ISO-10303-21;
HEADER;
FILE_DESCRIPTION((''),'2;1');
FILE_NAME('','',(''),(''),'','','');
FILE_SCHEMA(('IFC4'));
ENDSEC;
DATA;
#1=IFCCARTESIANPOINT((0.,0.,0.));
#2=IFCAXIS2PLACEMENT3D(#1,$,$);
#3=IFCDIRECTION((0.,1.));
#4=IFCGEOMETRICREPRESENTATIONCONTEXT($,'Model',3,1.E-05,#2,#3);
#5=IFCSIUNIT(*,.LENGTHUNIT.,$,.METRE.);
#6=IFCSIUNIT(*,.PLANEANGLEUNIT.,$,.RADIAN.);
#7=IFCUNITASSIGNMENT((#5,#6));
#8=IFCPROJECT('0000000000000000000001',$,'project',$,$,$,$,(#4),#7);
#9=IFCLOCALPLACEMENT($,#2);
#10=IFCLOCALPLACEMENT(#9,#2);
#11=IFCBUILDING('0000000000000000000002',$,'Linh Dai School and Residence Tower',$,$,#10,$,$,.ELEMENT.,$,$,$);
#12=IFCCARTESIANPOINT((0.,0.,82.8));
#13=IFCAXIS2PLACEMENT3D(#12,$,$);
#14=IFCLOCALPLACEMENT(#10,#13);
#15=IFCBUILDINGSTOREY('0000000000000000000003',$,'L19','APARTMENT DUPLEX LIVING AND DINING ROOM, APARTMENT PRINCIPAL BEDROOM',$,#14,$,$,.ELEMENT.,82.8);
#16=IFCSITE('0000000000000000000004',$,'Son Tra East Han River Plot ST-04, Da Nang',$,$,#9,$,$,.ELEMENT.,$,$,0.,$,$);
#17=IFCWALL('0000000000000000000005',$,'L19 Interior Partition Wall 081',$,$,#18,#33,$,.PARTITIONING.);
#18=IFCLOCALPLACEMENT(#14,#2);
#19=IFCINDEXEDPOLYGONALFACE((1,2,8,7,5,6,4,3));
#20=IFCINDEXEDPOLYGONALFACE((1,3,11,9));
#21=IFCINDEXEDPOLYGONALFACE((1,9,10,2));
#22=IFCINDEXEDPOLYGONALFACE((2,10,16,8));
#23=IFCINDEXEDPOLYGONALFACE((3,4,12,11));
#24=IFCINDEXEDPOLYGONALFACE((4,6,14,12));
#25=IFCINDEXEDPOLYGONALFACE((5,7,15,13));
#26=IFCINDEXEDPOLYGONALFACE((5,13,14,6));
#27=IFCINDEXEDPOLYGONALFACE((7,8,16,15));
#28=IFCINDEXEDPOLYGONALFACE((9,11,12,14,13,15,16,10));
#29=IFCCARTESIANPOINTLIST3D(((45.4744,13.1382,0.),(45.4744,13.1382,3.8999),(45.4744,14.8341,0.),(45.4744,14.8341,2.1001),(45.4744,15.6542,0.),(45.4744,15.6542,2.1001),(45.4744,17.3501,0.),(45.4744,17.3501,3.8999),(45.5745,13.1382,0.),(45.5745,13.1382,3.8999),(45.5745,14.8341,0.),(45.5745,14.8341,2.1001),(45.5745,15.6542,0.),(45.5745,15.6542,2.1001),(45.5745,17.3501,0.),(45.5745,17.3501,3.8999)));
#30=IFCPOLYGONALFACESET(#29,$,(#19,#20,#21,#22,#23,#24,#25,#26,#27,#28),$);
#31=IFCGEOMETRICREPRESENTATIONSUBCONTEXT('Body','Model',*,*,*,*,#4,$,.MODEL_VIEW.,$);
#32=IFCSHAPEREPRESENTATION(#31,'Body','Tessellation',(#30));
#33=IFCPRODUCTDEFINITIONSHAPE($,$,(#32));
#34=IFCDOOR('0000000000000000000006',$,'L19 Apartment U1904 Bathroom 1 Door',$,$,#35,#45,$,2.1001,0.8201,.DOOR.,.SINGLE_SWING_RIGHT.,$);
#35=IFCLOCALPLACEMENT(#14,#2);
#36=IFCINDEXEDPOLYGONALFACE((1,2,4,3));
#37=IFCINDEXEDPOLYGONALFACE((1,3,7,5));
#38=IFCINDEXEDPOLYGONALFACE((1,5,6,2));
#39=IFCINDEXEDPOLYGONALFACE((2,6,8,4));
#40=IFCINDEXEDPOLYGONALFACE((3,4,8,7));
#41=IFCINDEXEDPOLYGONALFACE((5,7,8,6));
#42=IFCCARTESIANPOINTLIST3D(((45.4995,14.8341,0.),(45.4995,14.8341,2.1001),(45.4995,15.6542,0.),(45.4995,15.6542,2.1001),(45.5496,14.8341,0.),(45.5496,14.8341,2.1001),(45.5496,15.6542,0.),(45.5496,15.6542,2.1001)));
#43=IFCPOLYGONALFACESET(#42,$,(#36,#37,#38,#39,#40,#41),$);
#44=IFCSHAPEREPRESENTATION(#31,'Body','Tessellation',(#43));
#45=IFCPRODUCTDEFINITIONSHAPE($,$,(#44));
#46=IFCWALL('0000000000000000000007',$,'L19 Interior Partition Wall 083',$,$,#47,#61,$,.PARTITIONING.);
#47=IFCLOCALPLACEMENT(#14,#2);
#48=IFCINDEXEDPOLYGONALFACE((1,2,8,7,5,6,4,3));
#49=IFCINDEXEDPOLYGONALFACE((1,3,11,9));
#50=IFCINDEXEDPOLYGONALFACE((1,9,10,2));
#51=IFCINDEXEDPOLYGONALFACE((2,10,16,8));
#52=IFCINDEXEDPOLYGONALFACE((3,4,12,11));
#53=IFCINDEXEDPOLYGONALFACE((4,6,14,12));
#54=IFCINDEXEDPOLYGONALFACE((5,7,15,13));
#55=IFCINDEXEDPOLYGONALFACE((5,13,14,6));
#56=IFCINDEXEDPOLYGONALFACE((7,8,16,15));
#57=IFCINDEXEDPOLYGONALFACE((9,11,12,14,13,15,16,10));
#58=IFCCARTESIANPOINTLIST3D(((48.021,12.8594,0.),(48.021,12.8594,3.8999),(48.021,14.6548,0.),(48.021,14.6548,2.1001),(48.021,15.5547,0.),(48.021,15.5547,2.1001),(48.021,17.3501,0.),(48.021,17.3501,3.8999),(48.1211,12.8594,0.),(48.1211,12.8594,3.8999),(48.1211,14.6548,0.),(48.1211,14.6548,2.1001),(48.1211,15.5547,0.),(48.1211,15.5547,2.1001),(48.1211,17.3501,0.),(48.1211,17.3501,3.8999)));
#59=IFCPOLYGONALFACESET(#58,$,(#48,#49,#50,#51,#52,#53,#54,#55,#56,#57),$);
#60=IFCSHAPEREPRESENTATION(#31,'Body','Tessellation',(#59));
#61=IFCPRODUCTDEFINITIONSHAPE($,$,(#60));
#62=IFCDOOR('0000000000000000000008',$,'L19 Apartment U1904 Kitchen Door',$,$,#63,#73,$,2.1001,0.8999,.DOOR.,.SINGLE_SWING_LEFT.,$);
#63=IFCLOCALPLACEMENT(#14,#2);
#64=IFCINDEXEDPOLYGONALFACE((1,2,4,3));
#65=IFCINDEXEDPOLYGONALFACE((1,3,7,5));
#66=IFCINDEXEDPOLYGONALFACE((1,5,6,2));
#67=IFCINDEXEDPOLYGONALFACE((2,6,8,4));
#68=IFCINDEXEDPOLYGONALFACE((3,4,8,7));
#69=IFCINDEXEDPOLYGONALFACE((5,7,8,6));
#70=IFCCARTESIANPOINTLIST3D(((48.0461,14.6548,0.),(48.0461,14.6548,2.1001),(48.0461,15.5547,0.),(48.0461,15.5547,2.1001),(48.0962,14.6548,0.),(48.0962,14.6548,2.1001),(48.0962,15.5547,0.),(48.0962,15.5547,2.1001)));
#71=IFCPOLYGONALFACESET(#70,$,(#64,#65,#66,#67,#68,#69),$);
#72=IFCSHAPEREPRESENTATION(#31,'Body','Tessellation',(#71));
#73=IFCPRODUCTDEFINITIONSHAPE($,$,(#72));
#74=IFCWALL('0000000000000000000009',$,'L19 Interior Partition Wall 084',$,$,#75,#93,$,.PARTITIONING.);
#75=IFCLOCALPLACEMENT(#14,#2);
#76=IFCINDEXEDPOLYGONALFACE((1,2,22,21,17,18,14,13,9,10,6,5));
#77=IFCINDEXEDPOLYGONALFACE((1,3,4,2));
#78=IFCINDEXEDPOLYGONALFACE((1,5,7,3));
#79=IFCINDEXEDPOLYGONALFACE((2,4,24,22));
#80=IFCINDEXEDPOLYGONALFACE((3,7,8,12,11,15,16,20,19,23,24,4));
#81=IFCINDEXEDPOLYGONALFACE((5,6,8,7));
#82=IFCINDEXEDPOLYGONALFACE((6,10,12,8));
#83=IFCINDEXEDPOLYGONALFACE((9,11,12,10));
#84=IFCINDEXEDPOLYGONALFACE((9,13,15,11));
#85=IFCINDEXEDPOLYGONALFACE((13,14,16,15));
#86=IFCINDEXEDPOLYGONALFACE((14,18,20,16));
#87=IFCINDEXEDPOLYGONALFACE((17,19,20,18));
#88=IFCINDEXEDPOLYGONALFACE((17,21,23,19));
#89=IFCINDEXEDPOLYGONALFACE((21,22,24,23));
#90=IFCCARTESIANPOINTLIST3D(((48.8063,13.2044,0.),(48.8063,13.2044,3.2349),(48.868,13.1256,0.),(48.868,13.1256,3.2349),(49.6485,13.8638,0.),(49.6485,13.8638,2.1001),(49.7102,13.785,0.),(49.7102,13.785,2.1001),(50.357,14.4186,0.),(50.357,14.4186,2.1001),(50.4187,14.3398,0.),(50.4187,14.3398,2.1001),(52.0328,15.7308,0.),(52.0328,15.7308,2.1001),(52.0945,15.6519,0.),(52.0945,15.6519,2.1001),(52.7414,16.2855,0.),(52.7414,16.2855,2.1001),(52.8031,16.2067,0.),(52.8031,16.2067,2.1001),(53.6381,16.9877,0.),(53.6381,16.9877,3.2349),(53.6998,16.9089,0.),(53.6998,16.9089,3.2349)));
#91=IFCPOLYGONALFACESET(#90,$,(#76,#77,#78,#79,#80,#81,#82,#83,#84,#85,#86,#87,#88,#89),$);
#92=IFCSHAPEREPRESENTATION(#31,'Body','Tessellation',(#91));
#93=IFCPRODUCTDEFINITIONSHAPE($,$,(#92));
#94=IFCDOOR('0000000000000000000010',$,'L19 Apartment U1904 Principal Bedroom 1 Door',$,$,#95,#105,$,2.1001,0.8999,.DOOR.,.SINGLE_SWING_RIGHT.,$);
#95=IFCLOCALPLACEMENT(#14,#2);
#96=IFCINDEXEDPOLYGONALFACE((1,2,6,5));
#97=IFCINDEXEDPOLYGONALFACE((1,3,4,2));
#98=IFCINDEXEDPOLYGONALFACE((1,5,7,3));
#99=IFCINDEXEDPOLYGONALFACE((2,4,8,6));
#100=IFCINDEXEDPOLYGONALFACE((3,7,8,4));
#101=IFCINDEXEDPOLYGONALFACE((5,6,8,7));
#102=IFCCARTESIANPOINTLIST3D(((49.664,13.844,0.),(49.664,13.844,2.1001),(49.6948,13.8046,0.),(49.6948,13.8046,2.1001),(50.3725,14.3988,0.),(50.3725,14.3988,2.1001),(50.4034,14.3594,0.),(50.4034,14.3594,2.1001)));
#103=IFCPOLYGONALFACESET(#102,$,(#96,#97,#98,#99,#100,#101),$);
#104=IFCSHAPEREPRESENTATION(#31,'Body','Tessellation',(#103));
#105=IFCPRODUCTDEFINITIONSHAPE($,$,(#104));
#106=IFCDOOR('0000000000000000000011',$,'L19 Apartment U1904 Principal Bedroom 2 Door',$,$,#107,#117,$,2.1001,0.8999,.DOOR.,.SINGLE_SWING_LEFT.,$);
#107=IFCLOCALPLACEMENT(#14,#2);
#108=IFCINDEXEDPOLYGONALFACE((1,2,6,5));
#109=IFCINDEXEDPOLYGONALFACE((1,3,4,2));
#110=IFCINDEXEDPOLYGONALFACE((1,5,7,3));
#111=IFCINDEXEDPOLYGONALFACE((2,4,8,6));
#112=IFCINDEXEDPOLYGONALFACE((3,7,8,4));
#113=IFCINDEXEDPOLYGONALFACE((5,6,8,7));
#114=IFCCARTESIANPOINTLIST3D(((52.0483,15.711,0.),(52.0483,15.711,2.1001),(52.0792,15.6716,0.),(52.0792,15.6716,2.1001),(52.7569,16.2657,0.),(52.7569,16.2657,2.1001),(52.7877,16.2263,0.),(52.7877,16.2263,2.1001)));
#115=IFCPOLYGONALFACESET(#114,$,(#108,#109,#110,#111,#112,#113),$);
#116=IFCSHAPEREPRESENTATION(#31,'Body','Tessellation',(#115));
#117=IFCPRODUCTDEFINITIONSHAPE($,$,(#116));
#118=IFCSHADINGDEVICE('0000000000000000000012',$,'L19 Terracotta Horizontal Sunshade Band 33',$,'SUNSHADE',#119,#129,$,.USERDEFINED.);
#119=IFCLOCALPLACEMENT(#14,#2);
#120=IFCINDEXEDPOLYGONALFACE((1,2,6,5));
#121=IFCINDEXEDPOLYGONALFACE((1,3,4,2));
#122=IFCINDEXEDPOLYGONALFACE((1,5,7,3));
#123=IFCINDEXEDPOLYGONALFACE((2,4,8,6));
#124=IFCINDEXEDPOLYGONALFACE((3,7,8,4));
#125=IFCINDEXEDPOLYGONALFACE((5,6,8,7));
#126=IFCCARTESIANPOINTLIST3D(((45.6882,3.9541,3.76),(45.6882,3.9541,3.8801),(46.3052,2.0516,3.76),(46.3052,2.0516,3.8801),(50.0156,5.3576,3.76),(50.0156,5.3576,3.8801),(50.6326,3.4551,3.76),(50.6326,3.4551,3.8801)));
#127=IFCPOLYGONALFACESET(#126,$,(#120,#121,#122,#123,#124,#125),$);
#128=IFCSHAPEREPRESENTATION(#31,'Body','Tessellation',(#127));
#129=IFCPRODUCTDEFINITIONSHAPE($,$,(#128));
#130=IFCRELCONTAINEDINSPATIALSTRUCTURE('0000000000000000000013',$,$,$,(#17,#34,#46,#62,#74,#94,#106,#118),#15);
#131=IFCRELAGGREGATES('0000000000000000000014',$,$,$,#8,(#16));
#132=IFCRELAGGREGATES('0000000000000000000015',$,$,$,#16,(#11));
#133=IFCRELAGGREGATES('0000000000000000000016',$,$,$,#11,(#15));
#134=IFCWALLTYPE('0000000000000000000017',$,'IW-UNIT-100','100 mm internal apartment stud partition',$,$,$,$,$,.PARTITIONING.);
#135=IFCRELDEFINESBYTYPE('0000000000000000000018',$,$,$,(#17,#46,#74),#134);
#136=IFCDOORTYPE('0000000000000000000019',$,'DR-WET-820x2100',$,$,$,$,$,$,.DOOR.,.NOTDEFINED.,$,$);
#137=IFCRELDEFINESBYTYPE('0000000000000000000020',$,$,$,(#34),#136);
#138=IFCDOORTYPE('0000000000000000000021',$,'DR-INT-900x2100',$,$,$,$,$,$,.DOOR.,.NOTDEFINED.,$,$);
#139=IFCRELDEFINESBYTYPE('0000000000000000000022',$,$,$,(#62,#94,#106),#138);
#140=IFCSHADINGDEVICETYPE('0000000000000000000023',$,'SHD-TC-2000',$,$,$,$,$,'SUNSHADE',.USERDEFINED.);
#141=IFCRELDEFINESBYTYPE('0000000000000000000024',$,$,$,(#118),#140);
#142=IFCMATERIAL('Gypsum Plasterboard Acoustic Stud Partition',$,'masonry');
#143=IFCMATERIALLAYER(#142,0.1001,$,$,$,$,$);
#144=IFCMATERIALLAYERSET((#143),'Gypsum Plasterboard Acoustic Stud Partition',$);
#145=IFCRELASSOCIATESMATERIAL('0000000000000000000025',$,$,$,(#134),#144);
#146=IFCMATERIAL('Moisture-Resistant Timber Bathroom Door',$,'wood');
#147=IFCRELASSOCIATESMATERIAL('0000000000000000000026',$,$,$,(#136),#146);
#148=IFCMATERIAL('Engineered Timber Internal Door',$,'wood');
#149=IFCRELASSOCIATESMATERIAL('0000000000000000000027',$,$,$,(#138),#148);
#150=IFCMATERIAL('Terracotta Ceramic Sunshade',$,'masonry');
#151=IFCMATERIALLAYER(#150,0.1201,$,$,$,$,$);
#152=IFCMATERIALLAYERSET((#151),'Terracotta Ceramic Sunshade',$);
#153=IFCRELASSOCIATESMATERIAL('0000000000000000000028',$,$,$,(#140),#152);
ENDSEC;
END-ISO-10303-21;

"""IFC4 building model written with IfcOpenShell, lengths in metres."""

from ifc_helpers import new_model, si_unit, direction, frame, frame_2d, origin, origin_2d, place, context, subcontext, project, spatial, rectangle, extrude, source, transform, mapped, material, layer, layer_set, type_object, element, fill, save


model = new_model("IFC4")

# Units and contexts
model_context = context("Model", 3, precision=1e-05, world=origin(), true_north=direction((0.0, 1.0)))
body_context = subcontext(model_context, "Body", "Model", "MODEL_VIEW")
ifc_project = project(units=[si_unit("LENGTHUNIT", "METRE"), si_unit("PLANEANGLEUNIT", "RADIAN")], contexts=[model_context])

# Site, building, storey
site_placement = place(None, origin())
site = spatial("IfcSite", under=ifc_project, at=site_placement, Name="Son Tra East Han River Plot ST-04, Da Nang", CompositionType="ELEMENT", RefElevation=0.0)
building_placement = place(site_placement, origin())
building = spatial("IfcBuilding", under=site, at=building_placement, Name="Linh Dai School and Residence Tower", CompositionType="ELEMENT")
storey_placement = place(building_placement, frame((0.0, 0.0, 82.8)))
storey = spatial("IfcBuildingStorey", under=building, at=storey_placement, Name="L19", Description="APARTMENT DUPLEX LIVING AND DINING ROOM, APARTMENT PRINCIPAL BEDROOM", CompositionType="ELEMENT", Elevation=82.8)

# Walls, openings, doors
ifc_material_1 = material(Name="Gypsum Plasterboard Acoustic Stud Partition", Category="masonry")
ifc_layer_1 = layer(ifc_material_1, 0.1001)
ifc_layer_set_1 = layer_set([ifc_layer_1], Name="Gypsum Plasterboard Acoustic Stud Partition")
wall_type_1 = type_object("IfcWallType", Name="IW-UNIT-100", Description="100 mm internal apartment stud partition", PredefinedType="PARTITIONING", material=ifc_layer_set_1)
wall_1_placement = place(storey_placement, frame((45.5244, 13.1382, 0.0), z_axis=(0.0, 0.0, 1.0), x_axis=(0.0, 1.0, 0.0)))
wall_1 = element("IfcWall", 1, at=wall_1_placement, inside=storey, type_object=wall_type_1, Name="L19 Interior Partition Wall 081", PredefinedType="PARTITIONING", context=body_context, shape_type="SweptSolid", body=[
    extrude(rectangle(XDim=4.2119, YDim=0.1001, at=frame_2d((2.106, 0.0))), origin(), (0.0, 0.0, 1.0), 3.8999),
])
opening_1_placement = place(wall_1_placement, frame((1.6958, 0.0, 0.0)))
opening_1 = element("IfcOpeningElement", 2, at=opening_1_placement, cuts=wall_1, PredefinedType="OPENING", context=body_context, shape_type="SweptSolid", body=[
    extrude(rectangle(XDim=0.8201, YDim=2.1001, at=origin_2d()), frame((0.4102, 0.0601, 1.05), z_axis=(0.0, -1.0, 0.0), x_axis=(1.0, 0.0, 0.0)), (0.0, 0.0, 1.0), 0.1201),
])
ifc_material_2 = material(Name="Moisture-Resistant Timber Bathroom Door", Category="wood")
door_type_1 = type_object("IfcDoorType", Name="DR-WET-820x2100", OperationType="NOTDEFINED", PredefinedType="DOOR", material=ifc_material_2)
shared_shape_1 = source(origin(), body_context, "Body", "SweptSolid", [
    extrude(rectangle(XDim=0.8201, YDim=2.1001, at=origin_2d()), frame((0.4102, 0.0249, 1.05), z_axis=(0.0, -1.0, 0.0), x_axis=(1.0, 0.0, 0.0)), (0.0, 0.0, 1.0), 0.05),
])
door_1_placement = place(opening_1_placement, origin())
door_1 = element("IfcDoor", 3, at=door_1_placement, inside=storey, type_object=door_type_1, Name="L19 Apartment U1904 Bathroom 1 Door", OperationType="SINGLE_SWING_RIGHT", OverallHeight=2.1001, OverallWidth=0.8201, PredefinedType="DOOR", context=body_context, shape_type="MappedRepresentation", body=[
    mapped(shared_shape_1, transform((0.0, 0.0, 0.0), x_axis=(1.0, 0.0, 0.0), y_axis=(0.0, 1.0, 0.0), z_axis=(0.0, 0.0, 1.0), scale=1.0)),
])
fill(opening_1, door_1)
wall_2_placement = place(storey_placement, frame((48.071, 12.8594, 0.0), z_axis=(0.0, 0.0, 1.0), x_axis=(0.0, 1.0, 0.0)))
wall_2 = element("IfcWall", 4, at=wall_2_placement, inside=storey, type_object=wall_type_1, Name="L19 Interior Partition Wall 083", PredefinedType="PARTITIONING", context=body_context, shape_type="SweptSolid", body=[
    extrude(rectangle(XDim=4.4907, YDim=0.1001, at=frame_2d((2.2454, 0.0))), origin(), (0.0, 0.0, 1.0), 3.8999),
])
opening_2_placement = place(wall_2_placement, frame((1.7954, 0.0, 0.0)))
opening_2 = element("IfcOpeningElement", 5, at=opening_2_placement, cuts=wall_2, PredefinedType="OPENING", context=body_context, shape_type="SweptSolid", body=[
    extrude(rectangle(XDim=0.8999, YDim=2.1001, at=origin_2d()), frame((0.45, 0.0601, 1.05), z_axis=(0.0, -1.0, 0.0), x_axis=(1.0, 0.0, 0.0)), (0.0, 0.0, 1.0), 0.1201),
])
ifc_material_3 = material(Name="Engineered Timber Internal Door", Category="wood")
door_type_2 = type_object("IfcDoorType", Name="DR-INT-900x2100", OperationType="NOTDEFINED", PredefinedType="DOOR", material=ifc_material_3)
shared_shape_2 = source(origin(), body_context, "Body", "SweptSolid", [
    extrude(rectangle(XDim=0.8999, YDim=2.1001, at=origin_2d()), frame((0.45, 0.0249, 1.05), z_axis=(0.0, -1.0, 0.0), x_axis=(1.0, 0.0, 0.0)), (0.0, 0.0, 1.0), 0.05),
])
door_2_placement = place(opening_2_placement, origin())
door_2 = element("IfcDoor", 6, at=door_2_placement, inside=storey, type_object=door_type_2, Name="L19 Apartment U1904 Kitchen Door", OperationType="SINGLE_SWING_LEFT", OverallHeight=2.1001, OverallWidth=0.8999, PredefinedType="DOOR", context=body_context, shape_type="MappedRepresentation", body=[
    mapped(shared_shape_2, transform((0.0, 0.0, 0.0), x_axis=(1.0, 0.0, 0.0), y_axis=(0.0, 1.0, 0.0), z_axis=(0.0, 0.0, 1.0), scale=1.0)),
])
fill(opening_2, door_2)

# Wall, openings, doors
wall_3_placement = place(storey_placement, frame((48.8372, 13.165, 0.0), z_axis=(0.0, 0.0, 1.0), x_axis=(0.787362, 0.616491, 0.0)))
wall_3 = element("IfcWall", 7, at=wall_3_placement, inside=storey, type_object=wall_type_1, Name="L19 Interior Partition Wall 084", PredefinedType="PARTITIONING", context=body_context, shape_type="SweptSolid", body=[
    extrude(rectangle(XDim=6.1367, YDim=0.1001, at=frame_2d((3.0684, 0.0))), origin(), (0.0, 0.0, 1.0), 3.2349),
])
opening_3_placement = place(wall_3_placement, frame((1.0696, 0.0, 0.0)))
opening_3 = element("IfcOpeningElement", 8, at=opening_3_placement, cuts=wall_3, PredefinedType="OPENING", context=body_context, shape_type="SweptSolid", body=[
    extrude(rectangle(XDim=0.8999, YDim=2.1001, at=origin_2d()), frame((0.45, 0.0601, 1.05), z_axis=(0.0, -1.0, 0.0), x_axis=(1.0, 0.0, 0.0)), (0.0, 0.0, 1.0), 0.1201),
])
opening_4_placement = place(wall_3_placement, frame((4.0979, 0.0, 0.0)))
opening_4 = element("IfcOpeningElement", 9, at=opening_4_placement, cuts=wall_3, PredefinedType="OPENING", context=body_context, shape_type="SweptSolid", body=[
    extrude(rectangle(XDim=0.8999, YDim=2.1001, at=origin_2d()), frame((0.45, 0.0601, 1.05), z_axis=(0.0, -1.0, 0.0), x_axis=(1.0, 0.0, 0.0)), (0.0, 0.0, 1.0), 0.1201),
])
door_3_placement = place(opening_3_placement, origin())
door_3 = element("IfcDoor", 10, at=door_3_placement, inside=storey, type_object=door_type_2, Name="L19 Apartment U1904 Principal Bedroom 1 Door", OperationType="SINGLE_SWING_RIGHT", OverallHeight=2.1001, OverallWidth=0.8999, PredefinedType="DOOR", context=body_context, shape_type="MappedRepresentation", body=[
    mapped(shared_shape_2, transform((0.0, 0.0, 0.0), x_axis=(1.0, 0.0, 0.0), y_axis=(0.0, 1.0, 0.0), z_axis=(0.0, 0.0, 1.0), scale=1.0)),
])
fill(opening_3, door_3)
door_4_placement = place(opening_4_placement, origin())
door_4 = element("IfcDoor", 11, at=door_4_placement, inside=storey, type_object=door_type_2, Name="L19 Apartment U1904 Principal Bedroom 2 Door", OperationType="SINGLE_SWING_LEFT", OverallHeight=2.1001, OverallWidth=0.8999, PredefinedType="DOOR", context=body_context, shape_type="MappedRepresentation", body=[
    mapped(shared_shape_2, transform((0.0, 0.0, 0.0), x_axis=(1.0, 0.0, 0.0), y_axis=(0.0, 1.0, 0.0), z_axis=(0.0, 0.0, 1.0), scale=1.0)),
])
fill(opening_4, door_4)

# Shading device
ifc_material_4 = material(Name="Terracotta Ceramic Sunshade", Category="masonry")
ifc_layer_2 = layer(ifc_material_4, 0.1201)
ifc_layer_set_2 = layer_set([ifc_layer_2], Name="Terracotta Ceramic Sunshade")
shading_device_type = type_object("IfcShadingDeviceType", Name="SHD-TC-2000", ElementType="SUNSHADE", PredefinedType="USERDEFINED", material=ifc_layer_set_2)
shared_shape_3 = source(origin(), body_context, "Body", "SweptSolid", [
    extrude(rectangle(XDim=4.5493, YDim=2.0, at=origin_2d()), origin(), (0.0, 0.0, 1.0), 0.1201),
])
shading_device_placement = place(storey_placement, frame((48.1604, 3.7046, 3.76), z_axis=(0.0, 0.0, 1.0), x_axis=(-0.951221, -0.308511, 0.0)))
element("IfcShadingDevice", 12, at=shading_device_placement, inside=storey, type_object=shading_device_type, Name="L19 Terracotta Horizontal Sunshade Band 33", ObjectType="SUNSHADE", PredefinedType="USERDEFINED", context=body_context, shape_type="MappedRepresentation", body=[
    mapped(shared_shape_3, transform((0.0, 0.0, 0.0), x_axis=(1.0, 0.0, 0.0), y_axis=(0.0, 1.0, 0.0), z_axis=(0.0, 0.0, 1.0), scale=1.0)),
])

save(model, "model.ifc")
